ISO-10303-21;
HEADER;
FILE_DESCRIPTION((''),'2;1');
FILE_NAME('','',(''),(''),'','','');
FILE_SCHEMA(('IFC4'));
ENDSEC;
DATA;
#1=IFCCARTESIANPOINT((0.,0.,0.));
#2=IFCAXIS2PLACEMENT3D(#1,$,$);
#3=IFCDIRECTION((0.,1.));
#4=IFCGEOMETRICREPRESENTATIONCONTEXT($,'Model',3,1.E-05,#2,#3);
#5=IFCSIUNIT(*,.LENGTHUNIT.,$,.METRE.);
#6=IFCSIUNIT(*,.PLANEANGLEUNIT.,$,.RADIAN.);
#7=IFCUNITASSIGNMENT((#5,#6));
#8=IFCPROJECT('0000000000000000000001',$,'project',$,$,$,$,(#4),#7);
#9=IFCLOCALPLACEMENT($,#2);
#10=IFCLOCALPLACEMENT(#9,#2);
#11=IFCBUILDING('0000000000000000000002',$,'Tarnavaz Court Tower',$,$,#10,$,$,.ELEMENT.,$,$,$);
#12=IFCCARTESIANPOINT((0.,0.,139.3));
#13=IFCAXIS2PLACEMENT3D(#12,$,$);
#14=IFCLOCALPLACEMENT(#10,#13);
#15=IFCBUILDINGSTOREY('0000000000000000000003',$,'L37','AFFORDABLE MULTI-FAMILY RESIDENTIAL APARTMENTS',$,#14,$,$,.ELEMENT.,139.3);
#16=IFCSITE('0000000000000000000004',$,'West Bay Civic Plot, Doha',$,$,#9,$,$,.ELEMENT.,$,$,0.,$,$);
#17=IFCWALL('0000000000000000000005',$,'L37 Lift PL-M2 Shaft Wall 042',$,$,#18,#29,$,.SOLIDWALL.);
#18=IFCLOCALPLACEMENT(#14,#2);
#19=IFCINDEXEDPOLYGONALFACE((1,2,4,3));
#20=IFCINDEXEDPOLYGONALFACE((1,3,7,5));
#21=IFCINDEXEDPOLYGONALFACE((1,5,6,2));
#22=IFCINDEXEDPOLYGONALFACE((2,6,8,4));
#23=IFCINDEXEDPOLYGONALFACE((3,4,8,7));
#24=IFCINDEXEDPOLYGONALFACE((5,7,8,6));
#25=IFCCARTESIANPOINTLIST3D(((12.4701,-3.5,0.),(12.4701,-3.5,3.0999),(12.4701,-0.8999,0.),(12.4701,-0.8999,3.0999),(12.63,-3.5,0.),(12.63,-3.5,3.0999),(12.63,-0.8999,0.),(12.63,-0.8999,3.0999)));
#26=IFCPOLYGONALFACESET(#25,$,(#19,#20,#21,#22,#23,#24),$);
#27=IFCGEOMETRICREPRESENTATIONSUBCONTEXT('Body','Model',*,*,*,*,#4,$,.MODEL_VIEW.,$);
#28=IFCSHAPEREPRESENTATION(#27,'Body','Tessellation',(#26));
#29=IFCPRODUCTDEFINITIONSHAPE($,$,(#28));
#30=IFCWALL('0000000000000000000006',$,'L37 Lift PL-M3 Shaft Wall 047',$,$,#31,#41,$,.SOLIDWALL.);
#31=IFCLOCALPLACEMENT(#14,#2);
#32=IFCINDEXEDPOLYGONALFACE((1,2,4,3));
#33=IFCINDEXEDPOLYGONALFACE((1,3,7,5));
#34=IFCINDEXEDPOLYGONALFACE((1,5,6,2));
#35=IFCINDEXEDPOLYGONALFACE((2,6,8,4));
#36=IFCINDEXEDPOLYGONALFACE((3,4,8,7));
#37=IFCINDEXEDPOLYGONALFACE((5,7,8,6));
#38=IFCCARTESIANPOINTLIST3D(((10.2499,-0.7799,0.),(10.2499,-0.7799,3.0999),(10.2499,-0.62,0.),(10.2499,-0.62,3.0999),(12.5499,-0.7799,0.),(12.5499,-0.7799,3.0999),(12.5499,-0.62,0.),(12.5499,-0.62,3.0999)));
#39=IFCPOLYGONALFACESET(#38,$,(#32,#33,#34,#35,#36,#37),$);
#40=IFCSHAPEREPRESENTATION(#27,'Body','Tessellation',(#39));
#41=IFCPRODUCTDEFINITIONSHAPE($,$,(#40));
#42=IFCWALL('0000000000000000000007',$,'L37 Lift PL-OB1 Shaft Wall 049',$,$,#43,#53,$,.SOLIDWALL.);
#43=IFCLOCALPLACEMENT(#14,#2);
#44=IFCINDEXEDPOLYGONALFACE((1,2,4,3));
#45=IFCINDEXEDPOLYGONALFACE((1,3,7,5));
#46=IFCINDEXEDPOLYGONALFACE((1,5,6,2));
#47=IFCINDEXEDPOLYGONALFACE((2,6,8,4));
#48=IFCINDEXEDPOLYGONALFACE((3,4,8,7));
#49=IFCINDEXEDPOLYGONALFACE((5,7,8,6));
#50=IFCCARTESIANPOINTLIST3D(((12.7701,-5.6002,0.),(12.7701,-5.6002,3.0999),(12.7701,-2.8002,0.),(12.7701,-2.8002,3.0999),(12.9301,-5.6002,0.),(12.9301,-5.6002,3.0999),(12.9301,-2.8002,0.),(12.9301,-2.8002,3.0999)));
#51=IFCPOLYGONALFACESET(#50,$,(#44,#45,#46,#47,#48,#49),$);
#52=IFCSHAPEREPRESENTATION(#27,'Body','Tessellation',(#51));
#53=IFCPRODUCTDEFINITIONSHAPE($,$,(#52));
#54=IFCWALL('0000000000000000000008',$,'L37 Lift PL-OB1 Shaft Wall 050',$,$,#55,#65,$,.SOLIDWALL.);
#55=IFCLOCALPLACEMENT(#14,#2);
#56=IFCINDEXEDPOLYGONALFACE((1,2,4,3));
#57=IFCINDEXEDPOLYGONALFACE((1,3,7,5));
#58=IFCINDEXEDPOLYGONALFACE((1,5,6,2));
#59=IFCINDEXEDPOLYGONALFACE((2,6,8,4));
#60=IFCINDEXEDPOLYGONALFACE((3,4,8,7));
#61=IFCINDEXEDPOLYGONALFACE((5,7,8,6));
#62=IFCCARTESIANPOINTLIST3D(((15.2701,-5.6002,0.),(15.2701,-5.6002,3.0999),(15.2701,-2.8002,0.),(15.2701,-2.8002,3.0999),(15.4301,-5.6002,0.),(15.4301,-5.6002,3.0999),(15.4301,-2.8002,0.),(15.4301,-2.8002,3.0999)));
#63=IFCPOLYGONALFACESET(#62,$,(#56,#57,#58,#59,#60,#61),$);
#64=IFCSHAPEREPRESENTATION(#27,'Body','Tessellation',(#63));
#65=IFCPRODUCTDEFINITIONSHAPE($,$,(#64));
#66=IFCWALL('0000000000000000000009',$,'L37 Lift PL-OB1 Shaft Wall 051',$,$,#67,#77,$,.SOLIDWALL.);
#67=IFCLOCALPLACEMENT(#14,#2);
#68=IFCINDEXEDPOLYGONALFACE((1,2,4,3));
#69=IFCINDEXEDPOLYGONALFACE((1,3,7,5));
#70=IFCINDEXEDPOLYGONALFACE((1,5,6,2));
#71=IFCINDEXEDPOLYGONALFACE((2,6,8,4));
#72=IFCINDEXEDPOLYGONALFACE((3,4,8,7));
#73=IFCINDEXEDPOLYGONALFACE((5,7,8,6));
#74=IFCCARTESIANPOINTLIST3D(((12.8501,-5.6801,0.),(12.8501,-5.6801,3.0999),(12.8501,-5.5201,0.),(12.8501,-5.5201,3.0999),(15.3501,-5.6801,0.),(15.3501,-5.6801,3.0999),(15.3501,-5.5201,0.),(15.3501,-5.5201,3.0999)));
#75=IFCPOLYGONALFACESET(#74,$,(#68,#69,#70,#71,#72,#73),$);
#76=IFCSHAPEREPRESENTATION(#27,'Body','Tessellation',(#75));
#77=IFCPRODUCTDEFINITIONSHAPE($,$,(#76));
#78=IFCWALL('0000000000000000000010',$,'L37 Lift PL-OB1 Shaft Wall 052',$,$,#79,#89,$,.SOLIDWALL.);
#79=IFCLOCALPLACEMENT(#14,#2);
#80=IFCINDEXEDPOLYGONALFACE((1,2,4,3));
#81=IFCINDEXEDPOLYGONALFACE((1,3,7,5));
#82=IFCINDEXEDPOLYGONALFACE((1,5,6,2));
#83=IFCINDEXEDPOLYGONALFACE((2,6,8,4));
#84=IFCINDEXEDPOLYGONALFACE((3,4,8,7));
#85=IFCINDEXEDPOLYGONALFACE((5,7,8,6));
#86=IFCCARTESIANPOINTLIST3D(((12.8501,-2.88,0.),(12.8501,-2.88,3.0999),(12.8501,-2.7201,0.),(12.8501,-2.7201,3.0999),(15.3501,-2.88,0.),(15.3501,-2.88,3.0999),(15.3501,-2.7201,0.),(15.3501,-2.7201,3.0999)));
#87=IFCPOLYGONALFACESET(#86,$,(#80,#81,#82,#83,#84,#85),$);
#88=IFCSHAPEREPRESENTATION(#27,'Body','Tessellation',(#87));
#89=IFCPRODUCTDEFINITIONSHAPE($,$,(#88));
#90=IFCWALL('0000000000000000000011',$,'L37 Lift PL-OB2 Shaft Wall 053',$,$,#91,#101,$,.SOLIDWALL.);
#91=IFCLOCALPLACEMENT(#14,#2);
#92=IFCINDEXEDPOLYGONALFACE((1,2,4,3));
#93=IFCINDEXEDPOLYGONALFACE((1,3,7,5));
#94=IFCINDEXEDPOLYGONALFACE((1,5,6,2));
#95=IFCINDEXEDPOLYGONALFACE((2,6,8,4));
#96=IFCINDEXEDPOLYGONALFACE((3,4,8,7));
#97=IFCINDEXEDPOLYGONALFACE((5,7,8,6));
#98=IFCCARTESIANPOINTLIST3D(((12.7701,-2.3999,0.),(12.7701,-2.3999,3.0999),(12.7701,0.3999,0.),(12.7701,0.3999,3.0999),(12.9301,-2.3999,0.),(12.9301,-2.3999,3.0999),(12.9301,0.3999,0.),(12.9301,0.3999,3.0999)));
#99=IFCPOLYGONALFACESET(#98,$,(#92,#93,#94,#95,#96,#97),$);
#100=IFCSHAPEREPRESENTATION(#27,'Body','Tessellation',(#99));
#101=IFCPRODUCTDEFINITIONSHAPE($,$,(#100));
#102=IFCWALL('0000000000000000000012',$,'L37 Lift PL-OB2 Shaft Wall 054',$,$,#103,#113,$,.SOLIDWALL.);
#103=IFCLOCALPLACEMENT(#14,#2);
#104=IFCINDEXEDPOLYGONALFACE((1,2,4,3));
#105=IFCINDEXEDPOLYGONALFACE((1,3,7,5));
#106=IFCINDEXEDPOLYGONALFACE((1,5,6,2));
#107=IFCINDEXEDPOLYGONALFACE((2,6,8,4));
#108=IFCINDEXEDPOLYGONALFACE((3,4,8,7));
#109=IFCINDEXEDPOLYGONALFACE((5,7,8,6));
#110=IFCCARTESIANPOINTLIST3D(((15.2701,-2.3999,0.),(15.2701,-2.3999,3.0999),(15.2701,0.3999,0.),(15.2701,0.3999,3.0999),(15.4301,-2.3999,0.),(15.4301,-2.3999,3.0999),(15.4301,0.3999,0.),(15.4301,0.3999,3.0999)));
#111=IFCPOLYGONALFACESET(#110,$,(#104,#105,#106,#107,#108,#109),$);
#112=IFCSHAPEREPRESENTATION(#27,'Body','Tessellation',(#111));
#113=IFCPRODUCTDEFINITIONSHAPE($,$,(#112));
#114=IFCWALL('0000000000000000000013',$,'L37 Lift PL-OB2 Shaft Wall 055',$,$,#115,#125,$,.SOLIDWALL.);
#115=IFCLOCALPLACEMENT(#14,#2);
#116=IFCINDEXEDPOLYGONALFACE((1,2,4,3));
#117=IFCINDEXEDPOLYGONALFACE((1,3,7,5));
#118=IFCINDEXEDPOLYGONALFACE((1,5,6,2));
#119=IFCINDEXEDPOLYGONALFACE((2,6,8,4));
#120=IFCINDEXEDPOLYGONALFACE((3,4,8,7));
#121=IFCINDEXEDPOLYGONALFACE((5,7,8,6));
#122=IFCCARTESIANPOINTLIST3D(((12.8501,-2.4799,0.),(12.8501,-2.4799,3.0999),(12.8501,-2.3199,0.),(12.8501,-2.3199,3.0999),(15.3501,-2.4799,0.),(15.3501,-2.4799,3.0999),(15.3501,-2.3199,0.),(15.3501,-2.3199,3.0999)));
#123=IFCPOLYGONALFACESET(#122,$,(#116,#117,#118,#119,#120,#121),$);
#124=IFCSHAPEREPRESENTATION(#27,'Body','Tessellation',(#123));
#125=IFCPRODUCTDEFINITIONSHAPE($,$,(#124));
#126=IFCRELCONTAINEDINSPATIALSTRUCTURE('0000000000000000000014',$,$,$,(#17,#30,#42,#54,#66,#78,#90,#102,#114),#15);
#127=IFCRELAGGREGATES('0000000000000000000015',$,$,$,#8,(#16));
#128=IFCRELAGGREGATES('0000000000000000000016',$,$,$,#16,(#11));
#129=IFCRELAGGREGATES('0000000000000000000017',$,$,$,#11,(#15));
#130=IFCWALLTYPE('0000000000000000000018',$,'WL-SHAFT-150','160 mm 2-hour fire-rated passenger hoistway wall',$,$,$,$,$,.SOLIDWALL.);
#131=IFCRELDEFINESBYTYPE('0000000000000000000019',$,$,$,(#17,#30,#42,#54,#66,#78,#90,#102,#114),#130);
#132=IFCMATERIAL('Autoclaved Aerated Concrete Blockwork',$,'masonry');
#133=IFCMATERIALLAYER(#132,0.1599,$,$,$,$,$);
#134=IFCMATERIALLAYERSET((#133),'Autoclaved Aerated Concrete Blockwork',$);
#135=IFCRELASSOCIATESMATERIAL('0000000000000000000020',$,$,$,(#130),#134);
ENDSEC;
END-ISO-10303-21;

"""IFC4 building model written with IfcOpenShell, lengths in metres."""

from ifc_helpers import new_model, si_unit, direction, frame, frame_2d, origin, place, context, subcontext, project, spatial, rectangle, extrude, material, layer, layer_set, type_object, element, save


model = new_model("IFC4")

# Units and contexts
model_context = context("Model", 3, precision=1e-05, world=origin(), true_north=direction((0.0, 1.0)))
body_context = subcontext(model_context, "Body", "Model", "MODEL_VIEW")
ifc_project = project(units=[si_unit("LENGTHUNIT", "METRE"), si_unit("PLANEANGLEUNIT", "RADIAN")], contexts=[model_context])

# Site, building, storey
site_placement = place(None, origin())
site = spatial("IfcSite", under=ifc_project, at=site_placement, Name="West Bay Civic Plot, Doha", CompositionType="ELEMENT", RefElevation=0.0)
building_placement = place(site_placement, origin())
building = spatial("IfcBuilding", under=site, at=building_placement, Name="Tarnavaz Court Tower", CompositionType="ELEMENT")
storey_placement = place(building_placement, frame((0.0, 0.0, 139.3)))
storey = spatial("IfcBuildingStorey", under=building, at=storey_placement, Name="L37", Description="AFFORDABLE MULTI-FAMILY RESIDENTIAL APARTMENTS", CompositionType="ELEMENT", Elevation=139.3)

# Wall
ifc_material_1 = material(Name="Autoclaved Aerated Concrete Blockwork", Category="masonry")
ifc_layer_1 = layer(ifc_material_1, 0.1599)
ifc_layer_set_1 = layer_set([ifc_layer_1], Name="Autoclaved Aerated Concrete Blockwork")
wall_type_1 = type_object("IfcWallType", Name="WL-SHAFT-150", Description="160 mm 2-hour fire-rated passenger hoistway wall", PredefinedType="SOLIDWALL", material=ifc_layer_set_1)
for number, where, z_axis, x_axis, name in (
    (1, (12.55, -3.5, 0.0), (0.0, 0.0, 1.0), (0.0, 1.0, 0.0), "L37 Lift PL-M2 Shaft Wall 042"),
):
    element("IfcWall", number, at=place(storey_placement, frame(where, z_axis=z_axis, x_axis=x_axis)), inside=storey, type_object=wall_type_1, Name=name, PredefinedType="SOLIDWALL", context=body_context, shape_type="SweptSolid", body=[
        extrude(rectangle(XDim=2.6001, YDim=0.1599, at=frame_2d((1.3, 0.0))), origin(), (0.0, 0.0, 1.0), 3.0999),
    ])

# Walls
wall_1_placement = place(storey_placement, frame((10.25, -0.7, 0.0), z_axis=(0.0, 0.0, 1.0), x_axis=(1.0, 0.0, 0.0)))
element("IfcWall", 2, at=wall_1_placement, inside=storey, type_object=wall_type_1, Name="L37 Lift PL-M3 Shaft Wall 047", PredefinedType="SOLIDWALL", context=body_context, shape_type="SweptSolid", body=[
    extrude(rectangle(XDim=2.3, YDim=0.1599, at=frame_2d((1.1499, 0.0))), origin(), (0.0, 0.0, 1.0), 3.0999),
])
for number, where, z_axis, x_axis, name in (
    (3, (12.8501, -5.6001, 0.0), (0.0, 0.0, 1.0), (0.0, 1.0, 0.0), "L37 Lift PL-OB1 Shaft Wall 049"),
    (4, (15.3501, -5.6001, 0.0), (0.0, 0.0, 1.0), (0.0, 1.0, 0.0), "L37 Lift PL-OB1 Shaft Wall 050"),
):
    element("IfcWall", number, at=place(storey_placement, frame(where, z_axis=z_axis, x_axis=x_axis)), inside=storey, type_object=wall_type_1, Name=name, PredefinedType="SOLIDWALL", context=body_context, shape_type="SweptSolid", body=[
        extrude(rectangle(XDim=2.8, YDim=0.1599, at=frame_2d((1.3999, 0.0))), origin(), (0.0, 0.0, 1.0), 3.0999),
    ])
for number, where, z_axis, x_axis, name in (
    (5, (12.8501, -5.6001, 0.0), (0.0, 0.0, 1.0), (1.0, 0.0, 0.0), "L37 Lift PL-OB1 Shaft Wall 051"),
    (6, (12.8501, -2.8, 0.0), (0.0, 0.0, 1.0), (1.0, 0.0, 0.0), "L37 Lift PL-OB1 Shaft Wall 052"),
):
    element("IfcWall", number, at=place(storey_placement, frame(where, z_axis=z_axis, x_axis=x_axis)), inside=storey, type_object=wall_type_1, Name=name, PredefinedType="SOLIDWALL", context=body_context, shape_type="SweptSolid", body=[
        extrude(rectangle(XDim=2.5, YDim=0.1599, at=frame_2d((1.25, 0.0))), origin(), (0.0, 0.0, 1.0), 3.0999),
    ])
for number, where, z_axis, x_axis, name in (
    (7, (12.8501, -2.3999, 0.0), (0.0, 0.0, 1.0), (0.0, 1.0, 0.0), "L37 Lift PL-OB2 Shaft Wall 053"),
    (8, (15.3501, -2.3999, 0.0), (0.0, 0.0, 1.0), (0.0, 1.0, 0.0), "L37 Lift PL-OB2 Shaft Wall 054"),
):
    element("IfcWall", number, at=place(storey_placement, frame(where, z_axis=z_axis, x_axis=x_axis)), inside=storey, type_object=wall_type_1, Name=name, PredefinedType="SOLIDWALL", context=body_context, shape_type="SweptSolid", body=[
        extrude(rectangle(XDim=2.7998, YDim=0.1599, at=frame_2d((1.3999, 0.0))), origin(), (0.0, 0.0, 1.0), 3.0999),
    ])
wall_2_placement = place(storey_placement, frame((12.8501, -2.3999, 0.0), z_axis=(0.0, 0.0, 1.0), x_axis=(1.0, 0.0, 0.0)))
element("IfcWall", 9, at=wall_2_placement, inside=storey, type_object=wall_type_1, Name="L37 Lift PL-OB2 Shaft Wall 055", PredefinedType="SOLIDWALL", context=body_context, shape_type="SweptSolid", body=[
    extrude(rectangle(XDim=2.5, YDim=0.1599, at=frame_2d((1.25, 0.0))), origin(), (0.0, 0.0, 1.0), 3.0999),
])

save(model, "model.ifc")
